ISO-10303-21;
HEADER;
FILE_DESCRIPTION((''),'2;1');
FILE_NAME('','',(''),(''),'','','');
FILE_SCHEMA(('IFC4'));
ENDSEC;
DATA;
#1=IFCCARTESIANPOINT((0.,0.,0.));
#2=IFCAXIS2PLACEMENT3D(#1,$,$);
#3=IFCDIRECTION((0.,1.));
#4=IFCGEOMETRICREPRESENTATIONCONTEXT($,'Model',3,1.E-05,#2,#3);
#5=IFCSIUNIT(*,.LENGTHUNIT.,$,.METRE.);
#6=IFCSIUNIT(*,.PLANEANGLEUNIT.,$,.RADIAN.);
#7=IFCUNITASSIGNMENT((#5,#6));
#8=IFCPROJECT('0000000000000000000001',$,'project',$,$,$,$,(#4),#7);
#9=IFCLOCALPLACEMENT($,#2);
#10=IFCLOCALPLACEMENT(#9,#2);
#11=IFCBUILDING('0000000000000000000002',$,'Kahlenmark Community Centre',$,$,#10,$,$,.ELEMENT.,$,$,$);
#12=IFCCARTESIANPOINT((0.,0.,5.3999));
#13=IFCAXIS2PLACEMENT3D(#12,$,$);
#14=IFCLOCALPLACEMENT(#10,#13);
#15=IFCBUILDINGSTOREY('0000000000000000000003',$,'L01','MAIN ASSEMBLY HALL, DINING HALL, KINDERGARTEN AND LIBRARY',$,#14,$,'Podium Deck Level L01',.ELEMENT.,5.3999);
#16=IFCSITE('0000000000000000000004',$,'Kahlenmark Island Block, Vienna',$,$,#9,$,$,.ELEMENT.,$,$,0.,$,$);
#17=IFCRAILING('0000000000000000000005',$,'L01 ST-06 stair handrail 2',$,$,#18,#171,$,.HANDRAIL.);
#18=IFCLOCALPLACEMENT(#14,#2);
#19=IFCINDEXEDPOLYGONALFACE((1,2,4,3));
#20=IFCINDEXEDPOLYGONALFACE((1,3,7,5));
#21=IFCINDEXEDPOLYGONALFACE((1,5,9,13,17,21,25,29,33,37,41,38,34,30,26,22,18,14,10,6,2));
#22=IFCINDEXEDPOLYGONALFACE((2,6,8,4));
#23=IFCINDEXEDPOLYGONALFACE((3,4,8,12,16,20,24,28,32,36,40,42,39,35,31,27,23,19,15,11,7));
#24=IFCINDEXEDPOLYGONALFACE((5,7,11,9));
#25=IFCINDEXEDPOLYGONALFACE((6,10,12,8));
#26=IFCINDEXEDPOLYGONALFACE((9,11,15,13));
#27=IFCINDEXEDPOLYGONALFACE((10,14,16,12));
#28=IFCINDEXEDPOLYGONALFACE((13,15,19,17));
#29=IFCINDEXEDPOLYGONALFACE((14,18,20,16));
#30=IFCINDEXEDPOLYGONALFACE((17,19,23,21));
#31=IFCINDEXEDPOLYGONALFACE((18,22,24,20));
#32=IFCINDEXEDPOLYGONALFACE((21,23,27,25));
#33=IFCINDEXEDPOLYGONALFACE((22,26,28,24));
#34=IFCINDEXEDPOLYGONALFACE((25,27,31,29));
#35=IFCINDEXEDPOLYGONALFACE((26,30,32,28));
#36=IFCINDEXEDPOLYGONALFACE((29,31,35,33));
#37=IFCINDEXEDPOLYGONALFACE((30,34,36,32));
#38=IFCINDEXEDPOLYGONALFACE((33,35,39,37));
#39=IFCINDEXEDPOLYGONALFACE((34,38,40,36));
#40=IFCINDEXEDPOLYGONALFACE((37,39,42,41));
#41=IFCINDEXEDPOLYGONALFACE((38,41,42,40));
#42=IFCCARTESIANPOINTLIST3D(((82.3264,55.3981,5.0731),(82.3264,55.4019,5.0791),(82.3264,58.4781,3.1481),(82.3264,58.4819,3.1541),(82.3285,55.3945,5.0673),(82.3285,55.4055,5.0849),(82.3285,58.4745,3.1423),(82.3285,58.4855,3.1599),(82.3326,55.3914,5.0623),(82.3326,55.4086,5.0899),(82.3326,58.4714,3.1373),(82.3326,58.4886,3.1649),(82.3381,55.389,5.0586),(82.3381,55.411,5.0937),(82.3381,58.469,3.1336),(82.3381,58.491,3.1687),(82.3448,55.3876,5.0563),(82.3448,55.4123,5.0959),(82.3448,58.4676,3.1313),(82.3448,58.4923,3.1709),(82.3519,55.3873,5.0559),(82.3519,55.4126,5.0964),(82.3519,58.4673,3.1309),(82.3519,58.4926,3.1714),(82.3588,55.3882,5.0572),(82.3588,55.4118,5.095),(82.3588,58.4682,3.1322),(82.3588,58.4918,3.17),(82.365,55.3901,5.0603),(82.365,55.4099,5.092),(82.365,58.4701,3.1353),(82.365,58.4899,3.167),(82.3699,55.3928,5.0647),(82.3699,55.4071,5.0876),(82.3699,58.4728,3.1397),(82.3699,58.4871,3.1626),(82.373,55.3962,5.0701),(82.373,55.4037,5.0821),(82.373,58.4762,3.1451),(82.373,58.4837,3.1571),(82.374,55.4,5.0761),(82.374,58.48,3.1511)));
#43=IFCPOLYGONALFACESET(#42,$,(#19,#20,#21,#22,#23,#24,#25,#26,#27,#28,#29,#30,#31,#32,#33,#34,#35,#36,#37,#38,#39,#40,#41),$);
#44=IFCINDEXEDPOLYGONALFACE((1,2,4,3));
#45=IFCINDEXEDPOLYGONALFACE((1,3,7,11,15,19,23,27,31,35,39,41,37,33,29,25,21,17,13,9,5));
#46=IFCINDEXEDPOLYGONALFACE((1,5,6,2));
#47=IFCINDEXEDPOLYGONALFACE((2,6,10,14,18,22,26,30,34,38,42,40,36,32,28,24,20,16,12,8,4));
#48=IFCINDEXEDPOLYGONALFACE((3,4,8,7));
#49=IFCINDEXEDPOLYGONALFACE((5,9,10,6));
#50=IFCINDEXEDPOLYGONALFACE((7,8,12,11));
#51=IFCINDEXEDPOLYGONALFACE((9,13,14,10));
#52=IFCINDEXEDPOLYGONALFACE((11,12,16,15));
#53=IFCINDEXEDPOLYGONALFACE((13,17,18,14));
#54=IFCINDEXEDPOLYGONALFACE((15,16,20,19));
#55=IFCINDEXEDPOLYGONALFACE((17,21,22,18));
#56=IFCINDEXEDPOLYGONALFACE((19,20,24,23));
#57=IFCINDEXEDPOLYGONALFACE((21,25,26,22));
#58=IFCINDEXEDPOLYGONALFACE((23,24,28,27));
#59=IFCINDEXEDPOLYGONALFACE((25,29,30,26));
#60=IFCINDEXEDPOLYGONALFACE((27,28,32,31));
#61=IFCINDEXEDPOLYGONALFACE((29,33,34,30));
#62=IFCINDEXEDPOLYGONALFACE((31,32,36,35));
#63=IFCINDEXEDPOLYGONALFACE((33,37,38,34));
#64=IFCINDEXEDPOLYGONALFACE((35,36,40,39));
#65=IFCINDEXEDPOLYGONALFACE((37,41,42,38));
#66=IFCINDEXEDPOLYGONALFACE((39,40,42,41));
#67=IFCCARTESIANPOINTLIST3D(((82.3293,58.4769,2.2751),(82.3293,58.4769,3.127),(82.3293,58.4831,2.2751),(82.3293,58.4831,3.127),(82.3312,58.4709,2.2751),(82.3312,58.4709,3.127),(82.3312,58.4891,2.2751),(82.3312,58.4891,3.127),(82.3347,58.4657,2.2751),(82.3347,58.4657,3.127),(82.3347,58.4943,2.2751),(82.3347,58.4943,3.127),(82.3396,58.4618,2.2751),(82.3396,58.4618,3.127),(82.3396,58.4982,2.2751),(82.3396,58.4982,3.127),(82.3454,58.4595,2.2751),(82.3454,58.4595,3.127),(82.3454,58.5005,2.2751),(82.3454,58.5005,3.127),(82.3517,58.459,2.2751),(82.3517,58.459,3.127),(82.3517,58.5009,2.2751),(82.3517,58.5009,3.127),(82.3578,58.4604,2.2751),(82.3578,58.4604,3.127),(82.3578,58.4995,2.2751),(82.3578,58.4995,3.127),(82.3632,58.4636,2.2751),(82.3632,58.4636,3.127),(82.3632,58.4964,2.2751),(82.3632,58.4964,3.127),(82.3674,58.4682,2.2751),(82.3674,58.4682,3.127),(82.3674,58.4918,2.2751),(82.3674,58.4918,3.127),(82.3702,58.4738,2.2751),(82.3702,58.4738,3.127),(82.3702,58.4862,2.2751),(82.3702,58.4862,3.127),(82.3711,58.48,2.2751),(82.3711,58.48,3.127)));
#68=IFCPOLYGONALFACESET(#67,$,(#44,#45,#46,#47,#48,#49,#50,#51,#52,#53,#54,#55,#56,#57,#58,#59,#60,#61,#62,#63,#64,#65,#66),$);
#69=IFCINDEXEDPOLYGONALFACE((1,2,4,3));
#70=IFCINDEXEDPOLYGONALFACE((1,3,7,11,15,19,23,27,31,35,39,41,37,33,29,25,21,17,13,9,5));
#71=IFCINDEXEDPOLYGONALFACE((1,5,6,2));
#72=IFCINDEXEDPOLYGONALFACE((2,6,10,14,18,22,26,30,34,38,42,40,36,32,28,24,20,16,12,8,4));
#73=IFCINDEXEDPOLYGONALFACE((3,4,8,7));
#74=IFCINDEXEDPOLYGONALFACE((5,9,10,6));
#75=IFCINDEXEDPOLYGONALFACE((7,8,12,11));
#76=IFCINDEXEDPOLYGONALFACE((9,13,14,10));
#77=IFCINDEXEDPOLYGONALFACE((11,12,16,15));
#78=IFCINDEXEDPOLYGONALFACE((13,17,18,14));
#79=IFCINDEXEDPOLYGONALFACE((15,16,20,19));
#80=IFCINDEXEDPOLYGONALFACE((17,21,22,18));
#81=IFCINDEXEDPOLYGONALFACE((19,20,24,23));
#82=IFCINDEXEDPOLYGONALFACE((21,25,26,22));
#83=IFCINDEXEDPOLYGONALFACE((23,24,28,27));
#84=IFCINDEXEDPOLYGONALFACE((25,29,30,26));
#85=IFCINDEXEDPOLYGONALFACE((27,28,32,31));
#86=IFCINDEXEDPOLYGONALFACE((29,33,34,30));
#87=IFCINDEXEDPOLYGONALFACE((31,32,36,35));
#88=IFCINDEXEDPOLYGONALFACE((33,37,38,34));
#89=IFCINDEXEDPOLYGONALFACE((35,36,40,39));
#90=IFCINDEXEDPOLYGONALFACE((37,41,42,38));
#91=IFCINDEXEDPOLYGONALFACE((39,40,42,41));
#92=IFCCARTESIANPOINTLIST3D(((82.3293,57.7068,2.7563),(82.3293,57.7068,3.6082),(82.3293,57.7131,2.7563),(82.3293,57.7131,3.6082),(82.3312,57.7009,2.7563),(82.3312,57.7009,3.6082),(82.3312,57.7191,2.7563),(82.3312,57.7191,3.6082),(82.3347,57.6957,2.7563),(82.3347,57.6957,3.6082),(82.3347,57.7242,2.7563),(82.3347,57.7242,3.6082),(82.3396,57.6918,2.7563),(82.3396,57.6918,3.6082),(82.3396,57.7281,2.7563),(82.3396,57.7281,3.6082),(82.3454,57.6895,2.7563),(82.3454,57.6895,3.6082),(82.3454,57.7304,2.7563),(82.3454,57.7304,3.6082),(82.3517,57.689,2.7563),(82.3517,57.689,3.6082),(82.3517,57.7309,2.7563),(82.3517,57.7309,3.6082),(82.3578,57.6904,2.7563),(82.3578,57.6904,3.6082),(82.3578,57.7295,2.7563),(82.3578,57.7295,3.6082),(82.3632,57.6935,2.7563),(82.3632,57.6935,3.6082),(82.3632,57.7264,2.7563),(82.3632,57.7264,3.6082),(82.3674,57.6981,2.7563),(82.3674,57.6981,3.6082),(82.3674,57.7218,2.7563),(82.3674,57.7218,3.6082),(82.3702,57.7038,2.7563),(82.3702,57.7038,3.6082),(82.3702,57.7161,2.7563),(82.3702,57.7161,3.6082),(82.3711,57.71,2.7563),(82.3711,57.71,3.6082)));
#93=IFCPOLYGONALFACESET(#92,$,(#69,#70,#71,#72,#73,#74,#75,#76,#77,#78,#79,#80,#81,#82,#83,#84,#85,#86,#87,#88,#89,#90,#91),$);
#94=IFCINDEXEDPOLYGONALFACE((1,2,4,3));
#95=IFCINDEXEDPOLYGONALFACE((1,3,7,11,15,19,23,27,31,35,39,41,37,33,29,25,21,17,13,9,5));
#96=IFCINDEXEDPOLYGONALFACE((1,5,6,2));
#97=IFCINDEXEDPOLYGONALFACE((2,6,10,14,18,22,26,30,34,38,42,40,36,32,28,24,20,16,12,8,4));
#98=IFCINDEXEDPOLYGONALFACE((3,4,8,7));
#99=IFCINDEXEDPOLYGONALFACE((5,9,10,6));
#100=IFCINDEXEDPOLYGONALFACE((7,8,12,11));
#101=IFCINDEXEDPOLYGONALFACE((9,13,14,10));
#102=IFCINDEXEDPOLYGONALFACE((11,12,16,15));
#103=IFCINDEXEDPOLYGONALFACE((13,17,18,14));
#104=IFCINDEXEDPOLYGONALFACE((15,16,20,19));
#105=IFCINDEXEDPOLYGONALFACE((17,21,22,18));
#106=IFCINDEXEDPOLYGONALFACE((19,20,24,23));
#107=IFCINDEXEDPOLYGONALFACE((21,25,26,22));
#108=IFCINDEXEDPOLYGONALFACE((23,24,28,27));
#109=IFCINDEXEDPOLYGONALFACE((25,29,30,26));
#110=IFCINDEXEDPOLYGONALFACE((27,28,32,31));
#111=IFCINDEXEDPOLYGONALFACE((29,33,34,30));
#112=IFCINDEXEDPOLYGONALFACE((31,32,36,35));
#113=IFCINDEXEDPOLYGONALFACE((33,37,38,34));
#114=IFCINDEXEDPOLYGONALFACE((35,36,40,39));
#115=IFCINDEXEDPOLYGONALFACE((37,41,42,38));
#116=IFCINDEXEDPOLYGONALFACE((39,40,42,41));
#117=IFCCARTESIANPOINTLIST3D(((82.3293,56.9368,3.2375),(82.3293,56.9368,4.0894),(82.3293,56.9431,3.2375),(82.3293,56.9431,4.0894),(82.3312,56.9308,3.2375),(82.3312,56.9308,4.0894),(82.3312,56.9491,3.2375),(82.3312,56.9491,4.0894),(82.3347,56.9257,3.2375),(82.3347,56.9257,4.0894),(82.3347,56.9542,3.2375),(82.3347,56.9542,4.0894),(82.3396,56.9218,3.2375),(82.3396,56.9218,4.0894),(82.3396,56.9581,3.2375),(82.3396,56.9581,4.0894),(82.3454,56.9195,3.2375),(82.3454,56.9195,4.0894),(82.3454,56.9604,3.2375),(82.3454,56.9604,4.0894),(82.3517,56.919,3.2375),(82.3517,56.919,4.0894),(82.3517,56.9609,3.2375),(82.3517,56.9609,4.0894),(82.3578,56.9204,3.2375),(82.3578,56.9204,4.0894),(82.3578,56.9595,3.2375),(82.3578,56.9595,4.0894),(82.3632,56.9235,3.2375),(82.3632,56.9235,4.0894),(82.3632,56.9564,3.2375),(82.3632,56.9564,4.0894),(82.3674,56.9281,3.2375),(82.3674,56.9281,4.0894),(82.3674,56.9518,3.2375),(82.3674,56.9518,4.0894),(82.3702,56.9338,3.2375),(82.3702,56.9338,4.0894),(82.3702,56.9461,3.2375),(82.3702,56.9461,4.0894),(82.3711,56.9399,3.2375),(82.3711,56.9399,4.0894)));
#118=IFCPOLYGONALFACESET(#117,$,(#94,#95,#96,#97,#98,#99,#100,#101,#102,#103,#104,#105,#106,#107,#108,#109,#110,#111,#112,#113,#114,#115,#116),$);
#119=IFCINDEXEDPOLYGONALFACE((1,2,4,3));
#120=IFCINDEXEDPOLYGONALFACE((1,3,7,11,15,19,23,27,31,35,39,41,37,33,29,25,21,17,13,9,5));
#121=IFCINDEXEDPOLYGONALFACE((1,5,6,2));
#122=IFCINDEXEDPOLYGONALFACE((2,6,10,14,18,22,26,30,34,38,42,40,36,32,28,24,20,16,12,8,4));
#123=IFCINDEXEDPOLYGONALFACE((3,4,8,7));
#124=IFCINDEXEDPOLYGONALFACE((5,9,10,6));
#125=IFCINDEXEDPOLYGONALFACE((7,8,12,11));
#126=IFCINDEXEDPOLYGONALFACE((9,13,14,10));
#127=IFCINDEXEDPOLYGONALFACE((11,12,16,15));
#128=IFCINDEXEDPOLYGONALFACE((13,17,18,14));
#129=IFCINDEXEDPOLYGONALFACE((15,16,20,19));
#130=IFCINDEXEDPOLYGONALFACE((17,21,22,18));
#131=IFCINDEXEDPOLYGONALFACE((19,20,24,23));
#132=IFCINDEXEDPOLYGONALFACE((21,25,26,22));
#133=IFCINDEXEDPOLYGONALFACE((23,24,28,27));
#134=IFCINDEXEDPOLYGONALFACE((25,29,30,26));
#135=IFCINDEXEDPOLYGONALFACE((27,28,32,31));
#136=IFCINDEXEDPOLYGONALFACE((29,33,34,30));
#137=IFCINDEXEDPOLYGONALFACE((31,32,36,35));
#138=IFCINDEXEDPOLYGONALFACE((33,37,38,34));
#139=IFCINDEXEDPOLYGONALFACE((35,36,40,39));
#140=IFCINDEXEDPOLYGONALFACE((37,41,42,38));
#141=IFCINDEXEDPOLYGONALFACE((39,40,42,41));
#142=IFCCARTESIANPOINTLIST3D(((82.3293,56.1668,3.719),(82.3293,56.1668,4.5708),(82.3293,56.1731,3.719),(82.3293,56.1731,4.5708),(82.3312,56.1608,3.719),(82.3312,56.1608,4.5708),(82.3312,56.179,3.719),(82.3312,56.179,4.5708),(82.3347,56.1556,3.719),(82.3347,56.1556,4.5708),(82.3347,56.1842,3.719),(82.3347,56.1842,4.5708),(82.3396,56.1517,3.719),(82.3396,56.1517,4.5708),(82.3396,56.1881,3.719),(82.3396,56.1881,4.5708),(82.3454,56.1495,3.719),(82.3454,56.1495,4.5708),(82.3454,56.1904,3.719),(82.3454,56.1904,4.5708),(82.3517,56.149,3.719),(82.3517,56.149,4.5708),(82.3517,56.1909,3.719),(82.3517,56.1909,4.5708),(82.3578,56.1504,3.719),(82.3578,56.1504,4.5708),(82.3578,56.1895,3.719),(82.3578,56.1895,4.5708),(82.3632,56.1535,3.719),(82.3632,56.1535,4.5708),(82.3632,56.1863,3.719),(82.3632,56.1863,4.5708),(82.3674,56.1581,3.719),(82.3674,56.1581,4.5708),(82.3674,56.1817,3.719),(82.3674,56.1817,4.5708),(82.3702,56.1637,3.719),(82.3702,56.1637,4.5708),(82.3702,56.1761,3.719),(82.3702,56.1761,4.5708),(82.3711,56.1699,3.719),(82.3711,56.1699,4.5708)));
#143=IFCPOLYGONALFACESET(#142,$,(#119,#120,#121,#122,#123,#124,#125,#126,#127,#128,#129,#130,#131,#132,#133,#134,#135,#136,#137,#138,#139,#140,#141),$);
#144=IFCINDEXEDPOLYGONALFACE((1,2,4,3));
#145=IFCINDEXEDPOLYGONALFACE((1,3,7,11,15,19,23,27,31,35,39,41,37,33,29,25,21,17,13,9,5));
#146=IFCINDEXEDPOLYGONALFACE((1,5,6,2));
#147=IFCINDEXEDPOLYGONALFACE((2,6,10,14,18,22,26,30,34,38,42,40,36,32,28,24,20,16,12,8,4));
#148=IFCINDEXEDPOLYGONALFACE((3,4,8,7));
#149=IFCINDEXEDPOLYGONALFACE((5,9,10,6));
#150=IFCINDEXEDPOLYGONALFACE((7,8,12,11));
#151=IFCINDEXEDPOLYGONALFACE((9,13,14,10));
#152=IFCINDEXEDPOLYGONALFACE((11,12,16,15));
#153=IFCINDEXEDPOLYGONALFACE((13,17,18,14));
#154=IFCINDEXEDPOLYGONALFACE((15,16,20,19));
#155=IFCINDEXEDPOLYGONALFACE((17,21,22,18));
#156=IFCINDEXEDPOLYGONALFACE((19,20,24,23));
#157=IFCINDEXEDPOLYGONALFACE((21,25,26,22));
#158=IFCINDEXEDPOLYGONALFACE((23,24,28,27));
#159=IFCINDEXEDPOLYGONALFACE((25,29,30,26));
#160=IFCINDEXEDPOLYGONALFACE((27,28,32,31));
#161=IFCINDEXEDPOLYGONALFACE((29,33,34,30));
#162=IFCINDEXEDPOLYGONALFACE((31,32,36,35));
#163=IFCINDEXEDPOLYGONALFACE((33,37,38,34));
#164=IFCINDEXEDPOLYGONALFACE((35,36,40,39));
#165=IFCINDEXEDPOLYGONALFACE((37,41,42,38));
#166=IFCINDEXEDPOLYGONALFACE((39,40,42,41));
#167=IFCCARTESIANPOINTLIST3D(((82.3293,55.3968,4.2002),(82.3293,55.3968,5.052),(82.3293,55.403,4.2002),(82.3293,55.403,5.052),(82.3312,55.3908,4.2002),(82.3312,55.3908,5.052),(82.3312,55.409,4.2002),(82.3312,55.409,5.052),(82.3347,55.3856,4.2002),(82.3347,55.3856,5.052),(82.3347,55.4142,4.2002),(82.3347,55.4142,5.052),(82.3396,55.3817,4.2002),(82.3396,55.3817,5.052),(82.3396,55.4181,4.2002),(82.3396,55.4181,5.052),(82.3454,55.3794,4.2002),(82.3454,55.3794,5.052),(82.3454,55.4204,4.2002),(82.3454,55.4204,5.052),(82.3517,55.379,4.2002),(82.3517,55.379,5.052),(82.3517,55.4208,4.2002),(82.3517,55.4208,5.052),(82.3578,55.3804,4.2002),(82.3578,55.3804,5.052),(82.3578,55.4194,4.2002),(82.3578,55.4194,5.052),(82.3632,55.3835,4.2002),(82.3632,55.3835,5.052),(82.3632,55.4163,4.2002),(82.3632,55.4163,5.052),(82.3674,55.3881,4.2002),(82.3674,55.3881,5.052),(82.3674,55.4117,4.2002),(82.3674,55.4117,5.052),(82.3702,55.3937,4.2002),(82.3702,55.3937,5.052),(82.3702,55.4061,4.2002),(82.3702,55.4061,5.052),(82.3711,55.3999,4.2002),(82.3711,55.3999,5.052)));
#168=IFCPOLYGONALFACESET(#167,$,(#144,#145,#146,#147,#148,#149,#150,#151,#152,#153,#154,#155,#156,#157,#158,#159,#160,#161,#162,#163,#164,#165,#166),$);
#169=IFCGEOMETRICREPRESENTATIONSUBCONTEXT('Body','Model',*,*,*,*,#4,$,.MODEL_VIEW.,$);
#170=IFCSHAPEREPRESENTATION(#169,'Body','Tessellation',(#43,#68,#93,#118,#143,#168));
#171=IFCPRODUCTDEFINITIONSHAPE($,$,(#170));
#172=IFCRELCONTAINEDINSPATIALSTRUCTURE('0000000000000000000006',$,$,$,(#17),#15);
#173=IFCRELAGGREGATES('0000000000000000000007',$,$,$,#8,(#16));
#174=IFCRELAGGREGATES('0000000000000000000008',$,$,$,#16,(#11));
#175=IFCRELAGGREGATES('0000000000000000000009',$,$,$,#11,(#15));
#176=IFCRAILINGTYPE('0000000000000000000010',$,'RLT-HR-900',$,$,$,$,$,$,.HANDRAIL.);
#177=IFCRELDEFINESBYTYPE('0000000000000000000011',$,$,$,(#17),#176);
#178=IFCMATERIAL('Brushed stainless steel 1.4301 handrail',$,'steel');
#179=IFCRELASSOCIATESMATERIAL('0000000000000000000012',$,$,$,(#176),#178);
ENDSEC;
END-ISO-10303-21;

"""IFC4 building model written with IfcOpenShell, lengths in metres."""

from ifc_helpers import new_model, si_unit, direction, frame, origin, origin_2d, place, context, subcontext, project, spatial, circle, extrude, material, type_object, element, save


model = new_model("IFC4")

# Units and contexts
model_context = context("Model", 3, precision=1e-05, world=origin(), true_north=direction((0.0, 1.0)))
body_context = subcontext(model_context, "Body", "Model", "MODEL_VIEW")
ifc_project = project(units=[si_unit("LENGTHUNIT", "METRE"), si_unit("PLANEANGLEUNIT", "RADIAN")], contexts=[model_context])

# Site, building, storey
site_placement = place(None, origin())
site = spatial("IfcSite", under=ifc_project, at=site_placement, Name="Kahlenmark Island Block, Vienna", CompositionType="ELEMENT", RefElevation=0.0)
building_placement = place(site_placement, origin())
building = spatial("IfcBuilding", under=site, at=building_placement, Name="Kahlenmark Community Centre", CompositionType="ELEMENT")
storey_placement = place(building_placement, frame((0.0, 0.0, 5.3999)))
storey = spatial("IfcBuildingStorey", under=building, at=storey_placement, Name="L01", Description="MAIN ASSEMBLY HALL, DINING HALL, KINDERGARTEN AND LIBRARY", LongName="Podium Deck Level L01", CompositionType="ELEMENT", Elevation=5.3999)

# Railing
ifc_material_1 = material(Name="Brushed stainless steel 1.4301 handrail", Category="steel")
railing_type_1 = type_object("IfcRailingType", Name="RLT-HR-900", PredefinedType="HANDRAIL", material=ifc_material_1)
railing_1_placement = place(storey_placement, frame((82.3501, 58.48, 2.2751)))
element("IfcRailing", 1, at=railing_1_placement, inside=storey, type_object=railing_type_1, Name="L01 ST-06 stair handrail 2", PredefinedType="HANDRAIL", context=body_context, shape_type="SweptSolid", body=[
    extrude(circle(Radius=0.0239, at=origin_2d()), frame((0.0, 0.0, 0.876), z_axis=(0.0, -0.847998, 0.529999), x_axis=(1.0, 0.0, 0.0)), (0.0, 0.0, 1.0), 3.6321),
    extrude(circle(Radius=0.021, at=origin_2d()), origin(), (0.0, 0.0, 1.0), 0.8518),
    extrude(circle(Radius=0.021, at=origin_2d()), frame((0.0, -0.77, 0.4812)), (0.0, 0.0, 1.0), 0.8518),
    extrude(circle(Radius=0.021, at=origin_2d()), frame((0.0, -1.54, 0.9624)), (0.0, 0.0, 1.0), 0.8518),
    extrude(circle(Radius=0.021, at=origin_2d()), frame((0.0, -2.3101, 1.4438)), (0.0, 0.0, 1.0), 0.8518),
    extrude(circle(Radius=0.021, at=origin_2d()), frame((0.0, -3.0801, 1.925)), (0.0, 0.0, 1.0), 0.8518),
])

save(model, "model.ifc")
